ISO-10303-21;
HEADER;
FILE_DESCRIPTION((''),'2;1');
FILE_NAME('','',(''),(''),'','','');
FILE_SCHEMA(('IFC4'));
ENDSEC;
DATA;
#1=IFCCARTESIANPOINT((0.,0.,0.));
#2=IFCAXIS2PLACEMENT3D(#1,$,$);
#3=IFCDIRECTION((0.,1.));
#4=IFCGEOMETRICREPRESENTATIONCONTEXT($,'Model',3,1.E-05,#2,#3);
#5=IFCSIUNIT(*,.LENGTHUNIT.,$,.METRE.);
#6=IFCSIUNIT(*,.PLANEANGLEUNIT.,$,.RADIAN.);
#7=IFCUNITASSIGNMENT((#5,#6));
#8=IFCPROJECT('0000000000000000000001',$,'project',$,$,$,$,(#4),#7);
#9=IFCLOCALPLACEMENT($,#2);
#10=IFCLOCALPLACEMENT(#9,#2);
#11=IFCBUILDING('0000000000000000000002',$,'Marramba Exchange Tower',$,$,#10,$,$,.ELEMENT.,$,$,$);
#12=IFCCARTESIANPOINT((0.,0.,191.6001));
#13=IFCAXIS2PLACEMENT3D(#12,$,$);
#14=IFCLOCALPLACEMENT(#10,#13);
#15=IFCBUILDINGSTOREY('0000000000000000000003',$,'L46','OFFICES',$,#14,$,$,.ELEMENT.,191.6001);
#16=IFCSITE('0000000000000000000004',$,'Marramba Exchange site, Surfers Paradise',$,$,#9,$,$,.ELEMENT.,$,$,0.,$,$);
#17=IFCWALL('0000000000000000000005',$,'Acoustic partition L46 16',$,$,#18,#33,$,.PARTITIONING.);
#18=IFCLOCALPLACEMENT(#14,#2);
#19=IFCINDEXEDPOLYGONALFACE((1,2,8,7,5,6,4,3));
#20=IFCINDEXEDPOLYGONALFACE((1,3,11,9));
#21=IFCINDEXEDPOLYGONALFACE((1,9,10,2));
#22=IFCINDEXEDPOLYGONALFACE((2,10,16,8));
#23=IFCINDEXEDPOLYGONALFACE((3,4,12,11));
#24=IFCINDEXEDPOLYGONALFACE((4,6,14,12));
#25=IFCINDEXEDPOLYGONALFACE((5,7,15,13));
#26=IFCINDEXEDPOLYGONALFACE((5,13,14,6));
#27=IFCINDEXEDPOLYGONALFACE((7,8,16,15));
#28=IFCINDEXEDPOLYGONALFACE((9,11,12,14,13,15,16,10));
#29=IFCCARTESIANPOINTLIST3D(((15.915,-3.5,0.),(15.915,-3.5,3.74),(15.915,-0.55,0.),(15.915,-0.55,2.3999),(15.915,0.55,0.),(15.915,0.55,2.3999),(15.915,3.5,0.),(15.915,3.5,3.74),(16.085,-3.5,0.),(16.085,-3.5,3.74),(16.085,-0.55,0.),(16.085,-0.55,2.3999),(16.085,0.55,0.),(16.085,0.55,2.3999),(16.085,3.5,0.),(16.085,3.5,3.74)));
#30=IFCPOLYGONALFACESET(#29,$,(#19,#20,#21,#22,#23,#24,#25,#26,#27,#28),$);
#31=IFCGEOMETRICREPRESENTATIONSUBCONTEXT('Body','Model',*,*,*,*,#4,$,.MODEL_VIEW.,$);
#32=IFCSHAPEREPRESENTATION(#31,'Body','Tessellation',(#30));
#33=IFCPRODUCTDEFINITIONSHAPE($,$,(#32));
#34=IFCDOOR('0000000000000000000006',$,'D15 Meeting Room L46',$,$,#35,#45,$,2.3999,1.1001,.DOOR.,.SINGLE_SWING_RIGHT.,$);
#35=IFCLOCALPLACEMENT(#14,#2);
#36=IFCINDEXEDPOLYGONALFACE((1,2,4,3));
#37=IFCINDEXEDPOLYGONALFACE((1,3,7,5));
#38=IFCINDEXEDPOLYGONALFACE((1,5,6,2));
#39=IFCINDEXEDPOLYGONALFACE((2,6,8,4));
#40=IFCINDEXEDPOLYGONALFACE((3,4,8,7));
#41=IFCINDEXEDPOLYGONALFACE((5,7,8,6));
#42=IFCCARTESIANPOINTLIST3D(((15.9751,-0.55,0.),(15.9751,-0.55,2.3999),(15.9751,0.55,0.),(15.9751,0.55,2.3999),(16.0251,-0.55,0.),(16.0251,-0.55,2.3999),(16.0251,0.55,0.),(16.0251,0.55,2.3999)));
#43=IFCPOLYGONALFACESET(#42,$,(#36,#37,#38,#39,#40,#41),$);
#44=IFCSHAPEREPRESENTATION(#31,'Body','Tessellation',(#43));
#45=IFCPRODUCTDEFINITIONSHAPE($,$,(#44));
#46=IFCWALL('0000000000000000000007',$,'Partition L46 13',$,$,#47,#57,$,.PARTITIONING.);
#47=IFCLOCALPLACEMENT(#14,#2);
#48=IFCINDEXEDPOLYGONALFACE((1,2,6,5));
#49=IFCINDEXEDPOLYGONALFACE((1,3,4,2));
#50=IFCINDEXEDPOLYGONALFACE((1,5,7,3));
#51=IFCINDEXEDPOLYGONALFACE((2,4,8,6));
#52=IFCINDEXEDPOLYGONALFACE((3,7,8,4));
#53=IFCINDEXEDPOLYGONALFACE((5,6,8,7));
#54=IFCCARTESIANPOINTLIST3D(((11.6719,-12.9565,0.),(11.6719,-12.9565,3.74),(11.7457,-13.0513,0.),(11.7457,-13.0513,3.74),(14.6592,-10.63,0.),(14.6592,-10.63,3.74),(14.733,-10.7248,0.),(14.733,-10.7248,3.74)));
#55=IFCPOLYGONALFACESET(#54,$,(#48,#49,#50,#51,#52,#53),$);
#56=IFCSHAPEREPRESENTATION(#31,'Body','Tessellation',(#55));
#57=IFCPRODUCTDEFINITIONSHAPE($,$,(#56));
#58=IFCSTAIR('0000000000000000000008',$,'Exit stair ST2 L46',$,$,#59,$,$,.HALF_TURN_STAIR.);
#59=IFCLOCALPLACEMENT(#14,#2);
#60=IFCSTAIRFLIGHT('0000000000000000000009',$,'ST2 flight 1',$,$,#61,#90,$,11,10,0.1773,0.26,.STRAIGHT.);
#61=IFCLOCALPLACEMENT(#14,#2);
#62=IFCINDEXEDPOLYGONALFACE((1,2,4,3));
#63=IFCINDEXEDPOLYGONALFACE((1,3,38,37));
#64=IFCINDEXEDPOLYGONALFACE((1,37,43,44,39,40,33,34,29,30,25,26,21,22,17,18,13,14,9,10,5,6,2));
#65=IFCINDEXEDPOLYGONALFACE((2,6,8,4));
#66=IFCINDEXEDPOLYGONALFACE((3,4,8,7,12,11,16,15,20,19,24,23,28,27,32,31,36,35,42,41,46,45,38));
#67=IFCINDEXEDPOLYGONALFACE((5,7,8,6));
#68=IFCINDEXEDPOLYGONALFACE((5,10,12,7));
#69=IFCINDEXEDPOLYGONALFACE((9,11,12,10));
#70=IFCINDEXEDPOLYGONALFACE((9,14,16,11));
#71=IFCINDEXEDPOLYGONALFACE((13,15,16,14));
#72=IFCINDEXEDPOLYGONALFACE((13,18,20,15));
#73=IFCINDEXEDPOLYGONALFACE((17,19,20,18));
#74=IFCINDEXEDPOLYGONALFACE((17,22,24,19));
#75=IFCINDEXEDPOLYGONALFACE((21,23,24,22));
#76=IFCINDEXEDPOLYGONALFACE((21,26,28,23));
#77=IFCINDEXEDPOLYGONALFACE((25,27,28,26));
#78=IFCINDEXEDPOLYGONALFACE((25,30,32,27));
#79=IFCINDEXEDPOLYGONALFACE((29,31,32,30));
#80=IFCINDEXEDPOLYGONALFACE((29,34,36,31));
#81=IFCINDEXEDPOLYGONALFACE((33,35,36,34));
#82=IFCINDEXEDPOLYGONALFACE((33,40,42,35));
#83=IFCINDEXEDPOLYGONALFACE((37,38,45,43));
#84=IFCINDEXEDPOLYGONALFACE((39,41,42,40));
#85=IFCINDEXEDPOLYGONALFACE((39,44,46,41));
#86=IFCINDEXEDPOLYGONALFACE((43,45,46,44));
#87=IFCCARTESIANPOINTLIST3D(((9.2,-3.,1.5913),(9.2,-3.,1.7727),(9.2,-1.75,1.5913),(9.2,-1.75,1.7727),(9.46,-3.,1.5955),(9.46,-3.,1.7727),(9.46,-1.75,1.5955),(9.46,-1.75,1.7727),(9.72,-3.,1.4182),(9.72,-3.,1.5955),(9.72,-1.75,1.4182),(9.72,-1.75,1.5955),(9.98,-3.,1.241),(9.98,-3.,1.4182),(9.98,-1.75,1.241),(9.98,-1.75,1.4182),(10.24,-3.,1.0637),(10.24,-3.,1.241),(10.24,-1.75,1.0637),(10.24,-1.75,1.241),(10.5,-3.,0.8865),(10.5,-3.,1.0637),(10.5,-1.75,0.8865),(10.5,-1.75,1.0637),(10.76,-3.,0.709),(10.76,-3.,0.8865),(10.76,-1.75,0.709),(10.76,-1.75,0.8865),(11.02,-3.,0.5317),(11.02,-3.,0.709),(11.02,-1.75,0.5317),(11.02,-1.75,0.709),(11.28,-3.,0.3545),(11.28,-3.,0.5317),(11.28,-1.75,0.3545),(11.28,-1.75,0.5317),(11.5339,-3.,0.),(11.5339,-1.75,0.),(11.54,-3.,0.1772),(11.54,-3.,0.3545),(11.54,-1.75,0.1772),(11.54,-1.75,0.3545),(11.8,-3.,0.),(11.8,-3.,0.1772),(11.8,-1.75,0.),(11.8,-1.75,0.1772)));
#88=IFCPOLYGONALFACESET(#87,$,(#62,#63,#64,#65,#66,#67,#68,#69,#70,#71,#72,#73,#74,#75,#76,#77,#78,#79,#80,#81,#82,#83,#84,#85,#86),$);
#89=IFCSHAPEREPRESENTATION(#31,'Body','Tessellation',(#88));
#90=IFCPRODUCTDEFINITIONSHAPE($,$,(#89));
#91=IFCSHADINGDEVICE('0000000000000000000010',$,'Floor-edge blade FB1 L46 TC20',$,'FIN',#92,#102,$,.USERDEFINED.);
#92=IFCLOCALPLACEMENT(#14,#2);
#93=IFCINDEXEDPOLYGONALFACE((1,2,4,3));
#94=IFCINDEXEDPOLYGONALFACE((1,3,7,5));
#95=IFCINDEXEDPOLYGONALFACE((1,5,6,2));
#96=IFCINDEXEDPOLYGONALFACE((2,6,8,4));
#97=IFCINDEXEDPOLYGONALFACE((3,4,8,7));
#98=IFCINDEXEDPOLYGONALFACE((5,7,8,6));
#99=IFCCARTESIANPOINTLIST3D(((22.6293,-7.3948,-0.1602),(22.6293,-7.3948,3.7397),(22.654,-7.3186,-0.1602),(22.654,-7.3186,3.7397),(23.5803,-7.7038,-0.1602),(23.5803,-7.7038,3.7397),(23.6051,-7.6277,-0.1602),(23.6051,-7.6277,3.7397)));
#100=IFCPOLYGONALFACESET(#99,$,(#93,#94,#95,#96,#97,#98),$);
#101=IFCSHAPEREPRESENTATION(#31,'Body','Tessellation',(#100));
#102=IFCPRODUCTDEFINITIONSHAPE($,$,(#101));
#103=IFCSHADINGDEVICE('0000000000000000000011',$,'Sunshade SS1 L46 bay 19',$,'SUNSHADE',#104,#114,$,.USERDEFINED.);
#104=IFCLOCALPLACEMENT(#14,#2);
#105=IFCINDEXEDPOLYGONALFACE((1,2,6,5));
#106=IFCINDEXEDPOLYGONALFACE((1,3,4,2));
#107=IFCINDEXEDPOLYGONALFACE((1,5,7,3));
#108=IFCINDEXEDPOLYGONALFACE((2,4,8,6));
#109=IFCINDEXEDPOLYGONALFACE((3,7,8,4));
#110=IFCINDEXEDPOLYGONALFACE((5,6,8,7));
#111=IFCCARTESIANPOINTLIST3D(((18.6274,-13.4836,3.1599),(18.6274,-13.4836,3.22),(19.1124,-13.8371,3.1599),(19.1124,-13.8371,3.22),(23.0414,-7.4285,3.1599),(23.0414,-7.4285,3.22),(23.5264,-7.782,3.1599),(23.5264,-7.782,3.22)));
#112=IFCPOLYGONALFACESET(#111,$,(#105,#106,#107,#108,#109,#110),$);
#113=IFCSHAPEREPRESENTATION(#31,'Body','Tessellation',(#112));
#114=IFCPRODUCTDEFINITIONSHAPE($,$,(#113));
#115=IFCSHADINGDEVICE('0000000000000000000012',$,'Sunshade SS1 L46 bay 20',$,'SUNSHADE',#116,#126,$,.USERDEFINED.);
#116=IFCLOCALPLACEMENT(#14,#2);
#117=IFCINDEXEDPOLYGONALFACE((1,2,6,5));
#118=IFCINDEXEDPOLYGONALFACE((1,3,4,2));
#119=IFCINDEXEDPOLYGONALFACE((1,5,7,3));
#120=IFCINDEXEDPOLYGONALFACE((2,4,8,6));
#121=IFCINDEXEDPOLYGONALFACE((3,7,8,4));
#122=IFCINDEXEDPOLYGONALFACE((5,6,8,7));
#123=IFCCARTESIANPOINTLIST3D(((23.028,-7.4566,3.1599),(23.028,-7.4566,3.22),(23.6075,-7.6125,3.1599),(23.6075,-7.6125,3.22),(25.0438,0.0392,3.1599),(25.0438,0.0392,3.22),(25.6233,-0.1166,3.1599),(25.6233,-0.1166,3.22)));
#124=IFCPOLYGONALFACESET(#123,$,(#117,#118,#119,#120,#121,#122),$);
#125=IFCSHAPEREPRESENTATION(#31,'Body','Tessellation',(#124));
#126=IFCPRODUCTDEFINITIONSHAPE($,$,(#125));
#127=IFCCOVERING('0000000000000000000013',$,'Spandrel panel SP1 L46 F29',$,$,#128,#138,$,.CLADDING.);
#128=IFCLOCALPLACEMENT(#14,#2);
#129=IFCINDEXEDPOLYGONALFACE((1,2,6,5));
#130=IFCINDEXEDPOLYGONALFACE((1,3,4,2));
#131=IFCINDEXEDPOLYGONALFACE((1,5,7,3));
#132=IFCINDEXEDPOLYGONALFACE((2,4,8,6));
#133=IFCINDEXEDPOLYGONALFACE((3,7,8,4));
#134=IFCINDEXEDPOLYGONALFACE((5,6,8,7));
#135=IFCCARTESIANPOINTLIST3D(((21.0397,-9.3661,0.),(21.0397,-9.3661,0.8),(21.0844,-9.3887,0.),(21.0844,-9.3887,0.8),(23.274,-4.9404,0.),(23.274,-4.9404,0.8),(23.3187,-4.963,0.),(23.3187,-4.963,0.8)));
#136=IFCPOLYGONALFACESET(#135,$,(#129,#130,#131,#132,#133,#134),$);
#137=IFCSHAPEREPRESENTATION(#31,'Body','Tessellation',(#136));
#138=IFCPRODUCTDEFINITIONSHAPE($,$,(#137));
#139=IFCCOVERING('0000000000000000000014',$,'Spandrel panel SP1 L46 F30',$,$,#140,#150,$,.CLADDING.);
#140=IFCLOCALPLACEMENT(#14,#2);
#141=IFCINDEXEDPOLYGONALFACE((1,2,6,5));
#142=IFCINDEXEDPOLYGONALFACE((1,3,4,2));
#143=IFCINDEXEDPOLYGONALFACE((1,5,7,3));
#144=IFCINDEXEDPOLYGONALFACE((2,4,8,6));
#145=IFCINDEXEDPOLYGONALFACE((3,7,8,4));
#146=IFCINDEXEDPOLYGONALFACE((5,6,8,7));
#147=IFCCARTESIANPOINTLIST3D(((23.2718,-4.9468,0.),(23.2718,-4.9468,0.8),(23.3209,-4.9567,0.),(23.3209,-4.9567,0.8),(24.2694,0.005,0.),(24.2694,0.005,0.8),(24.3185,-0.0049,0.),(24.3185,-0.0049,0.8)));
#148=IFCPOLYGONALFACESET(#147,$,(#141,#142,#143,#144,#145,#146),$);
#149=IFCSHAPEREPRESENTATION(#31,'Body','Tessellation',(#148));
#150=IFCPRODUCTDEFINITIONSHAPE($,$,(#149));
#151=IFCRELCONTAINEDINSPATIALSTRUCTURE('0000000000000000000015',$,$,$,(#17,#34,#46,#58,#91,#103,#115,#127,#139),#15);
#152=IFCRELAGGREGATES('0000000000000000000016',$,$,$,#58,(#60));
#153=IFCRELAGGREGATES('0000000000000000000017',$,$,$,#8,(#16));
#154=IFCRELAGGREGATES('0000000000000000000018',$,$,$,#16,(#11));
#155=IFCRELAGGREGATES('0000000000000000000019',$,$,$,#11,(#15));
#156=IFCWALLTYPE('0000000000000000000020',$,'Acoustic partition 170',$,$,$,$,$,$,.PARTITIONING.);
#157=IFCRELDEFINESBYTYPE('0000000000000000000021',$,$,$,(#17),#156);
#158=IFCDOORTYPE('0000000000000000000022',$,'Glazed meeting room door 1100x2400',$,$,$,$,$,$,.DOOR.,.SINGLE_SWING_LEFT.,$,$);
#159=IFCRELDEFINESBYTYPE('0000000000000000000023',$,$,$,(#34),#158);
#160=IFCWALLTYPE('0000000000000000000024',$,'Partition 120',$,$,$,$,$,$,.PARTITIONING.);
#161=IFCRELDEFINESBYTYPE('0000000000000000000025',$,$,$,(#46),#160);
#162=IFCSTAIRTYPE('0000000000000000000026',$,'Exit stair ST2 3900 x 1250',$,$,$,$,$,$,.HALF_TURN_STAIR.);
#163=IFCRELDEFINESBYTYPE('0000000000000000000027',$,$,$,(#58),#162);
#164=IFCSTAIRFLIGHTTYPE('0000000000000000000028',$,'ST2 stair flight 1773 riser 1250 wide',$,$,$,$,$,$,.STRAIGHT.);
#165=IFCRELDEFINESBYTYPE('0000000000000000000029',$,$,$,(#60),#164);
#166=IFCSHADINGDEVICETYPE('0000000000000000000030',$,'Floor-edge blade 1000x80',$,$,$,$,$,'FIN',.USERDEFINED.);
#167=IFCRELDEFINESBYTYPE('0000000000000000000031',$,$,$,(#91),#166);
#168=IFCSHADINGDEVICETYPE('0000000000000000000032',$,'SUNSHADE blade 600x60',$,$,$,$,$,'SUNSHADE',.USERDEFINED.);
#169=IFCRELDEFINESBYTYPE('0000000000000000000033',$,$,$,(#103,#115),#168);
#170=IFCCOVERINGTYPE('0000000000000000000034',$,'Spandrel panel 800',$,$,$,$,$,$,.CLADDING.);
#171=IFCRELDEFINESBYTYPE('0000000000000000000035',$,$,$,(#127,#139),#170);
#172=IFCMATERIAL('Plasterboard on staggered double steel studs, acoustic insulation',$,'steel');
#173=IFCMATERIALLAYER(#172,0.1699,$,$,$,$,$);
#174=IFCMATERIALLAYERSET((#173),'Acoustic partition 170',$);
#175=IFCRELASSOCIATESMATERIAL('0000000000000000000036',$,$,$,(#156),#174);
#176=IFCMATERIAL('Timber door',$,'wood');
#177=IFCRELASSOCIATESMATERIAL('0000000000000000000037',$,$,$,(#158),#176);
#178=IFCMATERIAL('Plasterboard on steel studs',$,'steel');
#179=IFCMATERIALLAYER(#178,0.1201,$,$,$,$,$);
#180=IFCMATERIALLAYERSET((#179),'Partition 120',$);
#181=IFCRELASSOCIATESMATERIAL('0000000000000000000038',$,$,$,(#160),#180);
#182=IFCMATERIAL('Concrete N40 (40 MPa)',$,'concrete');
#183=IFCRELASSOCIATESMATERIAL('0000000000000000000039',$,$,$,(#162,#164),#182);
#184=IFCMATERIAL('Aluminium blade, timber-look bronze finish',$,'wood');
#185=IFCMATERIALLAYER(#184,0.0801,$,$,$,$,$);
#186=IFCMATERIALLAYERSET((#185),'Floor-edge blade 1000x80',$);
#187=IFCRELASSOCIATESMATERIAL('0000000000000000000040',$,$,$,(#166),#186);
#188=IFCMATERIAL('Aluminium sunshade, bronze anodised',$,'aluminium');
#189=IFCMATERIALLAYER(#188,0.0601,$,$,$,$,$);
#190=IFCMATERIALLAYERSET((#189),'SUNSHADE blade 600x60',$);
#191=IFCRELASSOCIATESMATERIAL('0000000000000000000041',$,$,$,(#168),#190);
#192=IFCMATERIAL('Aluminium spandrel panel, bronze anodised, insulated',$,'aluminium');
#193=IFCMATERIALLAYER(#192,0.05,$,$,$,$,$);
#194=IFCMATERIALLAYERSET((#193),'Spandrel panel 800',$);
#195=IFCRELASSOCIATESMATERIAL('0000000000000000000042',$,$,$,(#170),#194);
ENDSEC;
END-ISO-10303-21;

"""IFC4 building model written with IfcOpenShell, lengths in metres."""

from ifc_helpers import new_model, si_unit, direction, frame, frame_2d, origin, origin_2d, place, context, subcontext, project, spatial, polyline, rectangle, outline, extrude, material, layer, layer_set, type_object, element, fill, aggregate, save


model = new_model("IFC4")

# Units and contexts
model_context = context("Model", 3, precision=1e-05, world=origin(), true_north=direction((0.0, 1.0)))
body_context = subcontext(model_context, "Body", "Model", "MODEL_VIEW")
ifc_project = project(units=[si_unit("LENGTHUNIT", "METRE"), si_unit("PLANEANGLEUNIT", "RADIAN")], contexts=[model_context])

# Site, building, storey
site_placement = place(None, origin())
site = spatial("IfcSite", under=ifc_project, at=site_placement, Name="Marramba Exchange site, Surfers Paradise", CompositionType="ELEMENT", RefElevation=0.0)
building_placement = place(site_placement, origin())
building = spatial("IfcBuilding", under=site, at=building_placement, Name="Marramba Exchange Tower", CompositionType="ELEMENT")
storey_placement = place(building_placement, frame((0.0, 0.0, 191.6001)))
storey = spatial("IfcBuildingStorey", under=building, at=storey_placement, Name="L46", Description="OFFICES", CompositionType="ELEMENT", Elevation=191.6001)

# Shared definitions
ifc_material_1 = material(Name="Plasterboard on staggered double steel studs, acoustic insulation", Category="steel")
ifc_layer_1 = layer(ifc_material_1, 0.1699)
ifc_layer_set_1 = layer_set([ifc_layer_1], Name="Acoustic partition 170")
wall_type_1 = type_object("IfcWallType", Name="Acoustic partition 170", PredefinedType="PARTITIONING", material=ifc_layer_set_1)

# Wall, opening, door
wall_1_placement = place(storey_placement, frame((16.0, -3.5, 0.0), z_axis=(0.0, 0.0, 1.0), x_axis=(0.0, 1.0, 0.0)))
wall_1 = element("IfcWall", 1, at=wall_1_placement, inside=storey, type_object=wall_type_1, Name="Acoustic partition L46 16", PredefinedType="PARTITIONING", context=body_context, shape_type="SweptSolid", body=[
    extrude(rectangle(XDim=7.0, YDim=0.1699, at=frame_2d((3.5, 0.0))), origin(), (0.0, 0.0, 1.0), 3.74),
])
opening_1_placement = place(wall_1_placement, frame((2.95, 0.0, 0.0)))
opening_1 = element("IfcOpeningElement", 2, at=opening_1_placement, cuts=wall_1, PredefinedType="OPENING", context=body_context, shape_type="SweptSolid", body=[
    extrude(rectangle(XDim=1.1001, YDim=2.3999, at=frame_2d((0.55, 1.2))), frame((0.0, 0.095, 0.0), z_axis=(0.0, -1.0, 0.0), x_axis=(1.0, 0.0, 0.0)), (0.0, 0.0, 1.0), 0.1899),
])
ifc_material_2 = material(Name="Timber door", Category="wood")
door_type_1 = type_object("IfcDoorType", Name="Glazed meeting room door 1100x2400", OperationType="SINGLE_SWING_LEFT", PredefinedType="DOOR", material=ifc_material_2)
door_1_placement = place(opening_1_placement, frame((1.1001, 0.0, 0.0), z_axis=(0.0, 0.0, 1.0), x_axis=(-1.0, 0.0, 0.0)))
door_1 = element("IfcDoor", 3, at=door_1_placement, inside=storey, type_object=door_type_1, Name="D15 Meeting Room L46", OperationType="SINGLE_SWING_RIGHT", OverallHeight=2.3999, OverallWidth=1.1001, PredefinedType="DOOR", context=body_context, shape_type="SweptSolid", body=[
    extrude(rectangle(XDim=1.1001, YDim=2.3999, at=frame_2d((0.55, 1.2))), frame((0.0, 0.0251, 0.0), z_axis=(0.0, -1.0, 0.0), x_axis=(1.0, 0.0, 0.0)), (0.0, 0.0, 1.0), 0.05),
])
fill(opening_1, door_1)

# Wall
ifc_material_3 = material(Name="Plasterboard on steel studs", Category="steel")
ifc_layer_2 = layer(ifc_material_3, 0.1201)
ifc_layer_set_2 = layer_set([ifc_layer_2], Name="Partition 120")
wall_type_2 = type_object("IfcWallType", Name="Partition 120", PredefinedType="PARTITIONING", material=ifc_layer_set_2)
wall_2_placement = place(storey_placement, frame((14.696, -10.6775, 0.0), z_axis=(0.0, 0.0, 1.0), x_axis=(-0.788974, -0.614427, 0.0)))
element("IfcWall", 4, at=wall_2_placement, inside=storey, type_object=wall_type_2, Name="Partition L46 13", PredefinedType="PARTITIONING", context=body_context, shape_type="SweptSolid", body=[
    extrude(rectangle(XDim=3.7864, YDim=0.1201, at=frame_2d((1.8931, 0.0))), origin(), (0.0, 0.0, 1.0), 3.74),
])

# Stair, stair flight
ifc_material_4 = material(Name="Concrete N40 (40 MPa)", Category="concrete")
stair_type = type_object("IfcStairType", Name="Exit stair ST2 3900 x 1250", PredefinedType="HALF_TURN_STAIR", material=ifc_material_4)
stair_placement = place(storey_placement, origin())
stair = element("IfcStair", 5, at=stair_placement, inside=storey, type_object=stair_type, Name="Exit stair ST2 L46", PredefinedType="HALF_TURN_STAIR")
stair_flight_type = type_object("IfcStairFlightType", Name="ST2 stair flight 1773 riser 1250 wide", PredefinedType="STRAIGHT", material=ifc_material_4)
stair_flight_placement = place(storey_placement, frame((11.8, -2.375, 0.0), z_axis=(0.0, 0.0, 1.0), x_axis=(-1.0, 0.0, 0.0)))
stair_flight = element("IfcStairFlight", 6, at=stair_flight_placement, type_object=stair_flight_type, Name="ST2 flight 1", NumberOfRisers=11, NumberOfTreads=10, PredefinedType="STRAIGHT", RiserHeight=0.1773, TreadLength=0.26, context=body_context, shape_type="SweptSolid", body=[
    extrude(outline(polyline([(0.0, 0.0), (0.0, 0.1772), (0.26, 0.1772), (0.26, 0.3545), (0.52, 0.3545), (0.52, 0.5317), (0.78, 0.5317), (0.78, 0.709), (1.04, 0.709), (1.04, 0.8865), (1.3, 0.8865), (1.3, 1.0637), (1.5601, 1.0637), (1.5601, 1.241), (1.8201, 1.241), (1.8201, 1.4182), (2.0801, 1.4182), (2.0801, 1.5955), (2.3401, 1.5955), (2.3401, 1.7727), (2.6001, 1.7727), (2.6001, 1.95), (2.6001, 1.5913), (0.2661, 0.0), (0.0, 0.0)])), frame((0.0, 0.625, 0.0), z_axis=(0.0, -1.0, 0.0), x_axis=(1.0, 0.0, 0.0)), (0.0, 0.0, 1.0), 1.25),
])
aggregate(stair, [stair_flight])

# Shading devices
ifc_material_5 = material(Name="Aluminium blade, timber-look bronze finish", Category="wood")
ifc_layer_3 = layer(ifc_material_5, 0.0801)
ifc_layer_set_3 = layer_set([ifc_layer_3], Name="Floor-edge blade 1000x80")
shading_device_type_1 = type_object("IfcShadingDeviceType", Name="Floor-edge blade 1000x80", ElementType="FIN", PredefinedType="USERDEFINED", material=ifc_layer_set_3)
shading_device_1_placement = place(storey_placement, frame((23.1172, -7.5112, -0.1602), z_axis=(0.0, 0.0, 1.0), x_axis=(0.951057, -0.309017, 0.0)))
element("IfcShadingDevice", 7, at=shading_device_1_placement, inside=storey, type_object=shading_device_type_1, Name="Floor-edge blade FB1 L46 TC20", ObjectType="FIN", PredefinedType="USERDEFINED", context=body_context, shape_type="SweptSolid", body=[
    extrude(rectangle(XDim=1.0, YDim=0.0801, at=origin_2d()), origin(), (0.0, 0.0, 1.0), 3.8999),
])
ifc_material_6 = material(Name="Aluminium sunshade, bronze anodised", Category="aluminium")
ifc_layer_4 = layer(ifc_material_6, 0.0601)
ifc_layer_set_4 = layer_set([ifc_layer_4], Name="SUNSHADE blade 600x60")
shading_device_type_2 = type_object("IfcShadingDeviceType", Name="SUNSHADE blade 600x60", ElementType="SUNSHADE", PredefinedType="USERDEFINED", material=ifc_layer_set_4)
shading_device_2_placement = place(storey_placement, frame((21.0769, -10.6328, 3.1599), z_axis=(0.0, 0.0, 1.0), x_axis=(0.589072, 0.808081, 0.0)))
element("IfcShadingDevice", 8, at=shading_device_2_placement, inside=storey, type_object=shading_device_type_2, Name="Sunshade SS1 L46 bay 19", ObjectType="SUNSHADE", PredefinedType="USERDEFINED", context=body_context, shape_type="SweptSolid", body=[
    extrude(rectangle(XDim=7.4932, YDim=0.6001, at=origin_2d()), origin(), (0.0, 0.0, 1.0), 0.0601),
])
shading_device_3_placement = place(storey_placement, frame((24.3257, -3.7866, 3.1599), z_axis=(0.0, 0.0, 1.0), x_axis=(0.259692, 0.965691, 0.0)))
element("IfcShadingDevice", 9, at=shading_device_3_placement, inside=storey, type_object=shading_device_type_2, Name="Sunshade SS1 L46 bay 20", ObjectType="SUNSHADE", PredefinedType="USERDEFINED", context=body_context, shape_type="SweptSolid", body=[
    extrude(rectangle(XDim=7.7622, YDim=0.6001, at=origin_2d()), origin(), (0.0, 0.0, 1.0), 0.0601),
])

# Coverings
ifc_material_7 = material(Name="Aluminium spandrel panel, bronze anodised, insulated", Category="aluminium")
ifc_layer_5 = layer(ifc_material_7, 0.05)
ifc_layer_set_5 = layer_set([ifc_layer_5], Name="Spandrel panel 800")
covering_type = type_object("IfcCoveringType", Name="Spandrel panel 800", PredefinedType="CLADDING", material=ifc_layer_set_5)
covering_1_placement = place(storey_placement, frame((22.1792, -7.1646, 0.0), z_axis=(0.0, 0.0, 1.0), x_axis=(0.450673, 0.892689, 0.0)))
element("IfcCovering", 10, at=covering_1_placement, inside=storey, type_object=covering_type, Name="Spandrel panel SP1 L46 F29", PredefinedType="CLADDING", context=body_context, shape_type="SweptSolid", body=[
    extrude(rectangle(XDim=4.9578, YDim=0.05, at=origin_2d()), origin(), (0.0, 0.0, 1.0), 0.8),
])
covering_2_placement = place(storey_placement, frame((23.7952, -2.4758, 0.0), z_axis=(0.0, 0.0, 1.0), x_axis=(0.197495, 0.980304, 0.0)))
element("IfcCovering", 11, at=covering_2_placement, inside=storey, type_object=covering_type, Name="Spandrel panel SP1 L46 F30", PredefinedType="CLADDING", context=body_context, shape_type="SweptSolid", body=[
    extrude(rectangle(XDim=5.0513, YDim=0.05, at=origin_2d()), origin(), (0.0, 0.0, 1.0), 0.8),
])

save(model, "model.ifc")
